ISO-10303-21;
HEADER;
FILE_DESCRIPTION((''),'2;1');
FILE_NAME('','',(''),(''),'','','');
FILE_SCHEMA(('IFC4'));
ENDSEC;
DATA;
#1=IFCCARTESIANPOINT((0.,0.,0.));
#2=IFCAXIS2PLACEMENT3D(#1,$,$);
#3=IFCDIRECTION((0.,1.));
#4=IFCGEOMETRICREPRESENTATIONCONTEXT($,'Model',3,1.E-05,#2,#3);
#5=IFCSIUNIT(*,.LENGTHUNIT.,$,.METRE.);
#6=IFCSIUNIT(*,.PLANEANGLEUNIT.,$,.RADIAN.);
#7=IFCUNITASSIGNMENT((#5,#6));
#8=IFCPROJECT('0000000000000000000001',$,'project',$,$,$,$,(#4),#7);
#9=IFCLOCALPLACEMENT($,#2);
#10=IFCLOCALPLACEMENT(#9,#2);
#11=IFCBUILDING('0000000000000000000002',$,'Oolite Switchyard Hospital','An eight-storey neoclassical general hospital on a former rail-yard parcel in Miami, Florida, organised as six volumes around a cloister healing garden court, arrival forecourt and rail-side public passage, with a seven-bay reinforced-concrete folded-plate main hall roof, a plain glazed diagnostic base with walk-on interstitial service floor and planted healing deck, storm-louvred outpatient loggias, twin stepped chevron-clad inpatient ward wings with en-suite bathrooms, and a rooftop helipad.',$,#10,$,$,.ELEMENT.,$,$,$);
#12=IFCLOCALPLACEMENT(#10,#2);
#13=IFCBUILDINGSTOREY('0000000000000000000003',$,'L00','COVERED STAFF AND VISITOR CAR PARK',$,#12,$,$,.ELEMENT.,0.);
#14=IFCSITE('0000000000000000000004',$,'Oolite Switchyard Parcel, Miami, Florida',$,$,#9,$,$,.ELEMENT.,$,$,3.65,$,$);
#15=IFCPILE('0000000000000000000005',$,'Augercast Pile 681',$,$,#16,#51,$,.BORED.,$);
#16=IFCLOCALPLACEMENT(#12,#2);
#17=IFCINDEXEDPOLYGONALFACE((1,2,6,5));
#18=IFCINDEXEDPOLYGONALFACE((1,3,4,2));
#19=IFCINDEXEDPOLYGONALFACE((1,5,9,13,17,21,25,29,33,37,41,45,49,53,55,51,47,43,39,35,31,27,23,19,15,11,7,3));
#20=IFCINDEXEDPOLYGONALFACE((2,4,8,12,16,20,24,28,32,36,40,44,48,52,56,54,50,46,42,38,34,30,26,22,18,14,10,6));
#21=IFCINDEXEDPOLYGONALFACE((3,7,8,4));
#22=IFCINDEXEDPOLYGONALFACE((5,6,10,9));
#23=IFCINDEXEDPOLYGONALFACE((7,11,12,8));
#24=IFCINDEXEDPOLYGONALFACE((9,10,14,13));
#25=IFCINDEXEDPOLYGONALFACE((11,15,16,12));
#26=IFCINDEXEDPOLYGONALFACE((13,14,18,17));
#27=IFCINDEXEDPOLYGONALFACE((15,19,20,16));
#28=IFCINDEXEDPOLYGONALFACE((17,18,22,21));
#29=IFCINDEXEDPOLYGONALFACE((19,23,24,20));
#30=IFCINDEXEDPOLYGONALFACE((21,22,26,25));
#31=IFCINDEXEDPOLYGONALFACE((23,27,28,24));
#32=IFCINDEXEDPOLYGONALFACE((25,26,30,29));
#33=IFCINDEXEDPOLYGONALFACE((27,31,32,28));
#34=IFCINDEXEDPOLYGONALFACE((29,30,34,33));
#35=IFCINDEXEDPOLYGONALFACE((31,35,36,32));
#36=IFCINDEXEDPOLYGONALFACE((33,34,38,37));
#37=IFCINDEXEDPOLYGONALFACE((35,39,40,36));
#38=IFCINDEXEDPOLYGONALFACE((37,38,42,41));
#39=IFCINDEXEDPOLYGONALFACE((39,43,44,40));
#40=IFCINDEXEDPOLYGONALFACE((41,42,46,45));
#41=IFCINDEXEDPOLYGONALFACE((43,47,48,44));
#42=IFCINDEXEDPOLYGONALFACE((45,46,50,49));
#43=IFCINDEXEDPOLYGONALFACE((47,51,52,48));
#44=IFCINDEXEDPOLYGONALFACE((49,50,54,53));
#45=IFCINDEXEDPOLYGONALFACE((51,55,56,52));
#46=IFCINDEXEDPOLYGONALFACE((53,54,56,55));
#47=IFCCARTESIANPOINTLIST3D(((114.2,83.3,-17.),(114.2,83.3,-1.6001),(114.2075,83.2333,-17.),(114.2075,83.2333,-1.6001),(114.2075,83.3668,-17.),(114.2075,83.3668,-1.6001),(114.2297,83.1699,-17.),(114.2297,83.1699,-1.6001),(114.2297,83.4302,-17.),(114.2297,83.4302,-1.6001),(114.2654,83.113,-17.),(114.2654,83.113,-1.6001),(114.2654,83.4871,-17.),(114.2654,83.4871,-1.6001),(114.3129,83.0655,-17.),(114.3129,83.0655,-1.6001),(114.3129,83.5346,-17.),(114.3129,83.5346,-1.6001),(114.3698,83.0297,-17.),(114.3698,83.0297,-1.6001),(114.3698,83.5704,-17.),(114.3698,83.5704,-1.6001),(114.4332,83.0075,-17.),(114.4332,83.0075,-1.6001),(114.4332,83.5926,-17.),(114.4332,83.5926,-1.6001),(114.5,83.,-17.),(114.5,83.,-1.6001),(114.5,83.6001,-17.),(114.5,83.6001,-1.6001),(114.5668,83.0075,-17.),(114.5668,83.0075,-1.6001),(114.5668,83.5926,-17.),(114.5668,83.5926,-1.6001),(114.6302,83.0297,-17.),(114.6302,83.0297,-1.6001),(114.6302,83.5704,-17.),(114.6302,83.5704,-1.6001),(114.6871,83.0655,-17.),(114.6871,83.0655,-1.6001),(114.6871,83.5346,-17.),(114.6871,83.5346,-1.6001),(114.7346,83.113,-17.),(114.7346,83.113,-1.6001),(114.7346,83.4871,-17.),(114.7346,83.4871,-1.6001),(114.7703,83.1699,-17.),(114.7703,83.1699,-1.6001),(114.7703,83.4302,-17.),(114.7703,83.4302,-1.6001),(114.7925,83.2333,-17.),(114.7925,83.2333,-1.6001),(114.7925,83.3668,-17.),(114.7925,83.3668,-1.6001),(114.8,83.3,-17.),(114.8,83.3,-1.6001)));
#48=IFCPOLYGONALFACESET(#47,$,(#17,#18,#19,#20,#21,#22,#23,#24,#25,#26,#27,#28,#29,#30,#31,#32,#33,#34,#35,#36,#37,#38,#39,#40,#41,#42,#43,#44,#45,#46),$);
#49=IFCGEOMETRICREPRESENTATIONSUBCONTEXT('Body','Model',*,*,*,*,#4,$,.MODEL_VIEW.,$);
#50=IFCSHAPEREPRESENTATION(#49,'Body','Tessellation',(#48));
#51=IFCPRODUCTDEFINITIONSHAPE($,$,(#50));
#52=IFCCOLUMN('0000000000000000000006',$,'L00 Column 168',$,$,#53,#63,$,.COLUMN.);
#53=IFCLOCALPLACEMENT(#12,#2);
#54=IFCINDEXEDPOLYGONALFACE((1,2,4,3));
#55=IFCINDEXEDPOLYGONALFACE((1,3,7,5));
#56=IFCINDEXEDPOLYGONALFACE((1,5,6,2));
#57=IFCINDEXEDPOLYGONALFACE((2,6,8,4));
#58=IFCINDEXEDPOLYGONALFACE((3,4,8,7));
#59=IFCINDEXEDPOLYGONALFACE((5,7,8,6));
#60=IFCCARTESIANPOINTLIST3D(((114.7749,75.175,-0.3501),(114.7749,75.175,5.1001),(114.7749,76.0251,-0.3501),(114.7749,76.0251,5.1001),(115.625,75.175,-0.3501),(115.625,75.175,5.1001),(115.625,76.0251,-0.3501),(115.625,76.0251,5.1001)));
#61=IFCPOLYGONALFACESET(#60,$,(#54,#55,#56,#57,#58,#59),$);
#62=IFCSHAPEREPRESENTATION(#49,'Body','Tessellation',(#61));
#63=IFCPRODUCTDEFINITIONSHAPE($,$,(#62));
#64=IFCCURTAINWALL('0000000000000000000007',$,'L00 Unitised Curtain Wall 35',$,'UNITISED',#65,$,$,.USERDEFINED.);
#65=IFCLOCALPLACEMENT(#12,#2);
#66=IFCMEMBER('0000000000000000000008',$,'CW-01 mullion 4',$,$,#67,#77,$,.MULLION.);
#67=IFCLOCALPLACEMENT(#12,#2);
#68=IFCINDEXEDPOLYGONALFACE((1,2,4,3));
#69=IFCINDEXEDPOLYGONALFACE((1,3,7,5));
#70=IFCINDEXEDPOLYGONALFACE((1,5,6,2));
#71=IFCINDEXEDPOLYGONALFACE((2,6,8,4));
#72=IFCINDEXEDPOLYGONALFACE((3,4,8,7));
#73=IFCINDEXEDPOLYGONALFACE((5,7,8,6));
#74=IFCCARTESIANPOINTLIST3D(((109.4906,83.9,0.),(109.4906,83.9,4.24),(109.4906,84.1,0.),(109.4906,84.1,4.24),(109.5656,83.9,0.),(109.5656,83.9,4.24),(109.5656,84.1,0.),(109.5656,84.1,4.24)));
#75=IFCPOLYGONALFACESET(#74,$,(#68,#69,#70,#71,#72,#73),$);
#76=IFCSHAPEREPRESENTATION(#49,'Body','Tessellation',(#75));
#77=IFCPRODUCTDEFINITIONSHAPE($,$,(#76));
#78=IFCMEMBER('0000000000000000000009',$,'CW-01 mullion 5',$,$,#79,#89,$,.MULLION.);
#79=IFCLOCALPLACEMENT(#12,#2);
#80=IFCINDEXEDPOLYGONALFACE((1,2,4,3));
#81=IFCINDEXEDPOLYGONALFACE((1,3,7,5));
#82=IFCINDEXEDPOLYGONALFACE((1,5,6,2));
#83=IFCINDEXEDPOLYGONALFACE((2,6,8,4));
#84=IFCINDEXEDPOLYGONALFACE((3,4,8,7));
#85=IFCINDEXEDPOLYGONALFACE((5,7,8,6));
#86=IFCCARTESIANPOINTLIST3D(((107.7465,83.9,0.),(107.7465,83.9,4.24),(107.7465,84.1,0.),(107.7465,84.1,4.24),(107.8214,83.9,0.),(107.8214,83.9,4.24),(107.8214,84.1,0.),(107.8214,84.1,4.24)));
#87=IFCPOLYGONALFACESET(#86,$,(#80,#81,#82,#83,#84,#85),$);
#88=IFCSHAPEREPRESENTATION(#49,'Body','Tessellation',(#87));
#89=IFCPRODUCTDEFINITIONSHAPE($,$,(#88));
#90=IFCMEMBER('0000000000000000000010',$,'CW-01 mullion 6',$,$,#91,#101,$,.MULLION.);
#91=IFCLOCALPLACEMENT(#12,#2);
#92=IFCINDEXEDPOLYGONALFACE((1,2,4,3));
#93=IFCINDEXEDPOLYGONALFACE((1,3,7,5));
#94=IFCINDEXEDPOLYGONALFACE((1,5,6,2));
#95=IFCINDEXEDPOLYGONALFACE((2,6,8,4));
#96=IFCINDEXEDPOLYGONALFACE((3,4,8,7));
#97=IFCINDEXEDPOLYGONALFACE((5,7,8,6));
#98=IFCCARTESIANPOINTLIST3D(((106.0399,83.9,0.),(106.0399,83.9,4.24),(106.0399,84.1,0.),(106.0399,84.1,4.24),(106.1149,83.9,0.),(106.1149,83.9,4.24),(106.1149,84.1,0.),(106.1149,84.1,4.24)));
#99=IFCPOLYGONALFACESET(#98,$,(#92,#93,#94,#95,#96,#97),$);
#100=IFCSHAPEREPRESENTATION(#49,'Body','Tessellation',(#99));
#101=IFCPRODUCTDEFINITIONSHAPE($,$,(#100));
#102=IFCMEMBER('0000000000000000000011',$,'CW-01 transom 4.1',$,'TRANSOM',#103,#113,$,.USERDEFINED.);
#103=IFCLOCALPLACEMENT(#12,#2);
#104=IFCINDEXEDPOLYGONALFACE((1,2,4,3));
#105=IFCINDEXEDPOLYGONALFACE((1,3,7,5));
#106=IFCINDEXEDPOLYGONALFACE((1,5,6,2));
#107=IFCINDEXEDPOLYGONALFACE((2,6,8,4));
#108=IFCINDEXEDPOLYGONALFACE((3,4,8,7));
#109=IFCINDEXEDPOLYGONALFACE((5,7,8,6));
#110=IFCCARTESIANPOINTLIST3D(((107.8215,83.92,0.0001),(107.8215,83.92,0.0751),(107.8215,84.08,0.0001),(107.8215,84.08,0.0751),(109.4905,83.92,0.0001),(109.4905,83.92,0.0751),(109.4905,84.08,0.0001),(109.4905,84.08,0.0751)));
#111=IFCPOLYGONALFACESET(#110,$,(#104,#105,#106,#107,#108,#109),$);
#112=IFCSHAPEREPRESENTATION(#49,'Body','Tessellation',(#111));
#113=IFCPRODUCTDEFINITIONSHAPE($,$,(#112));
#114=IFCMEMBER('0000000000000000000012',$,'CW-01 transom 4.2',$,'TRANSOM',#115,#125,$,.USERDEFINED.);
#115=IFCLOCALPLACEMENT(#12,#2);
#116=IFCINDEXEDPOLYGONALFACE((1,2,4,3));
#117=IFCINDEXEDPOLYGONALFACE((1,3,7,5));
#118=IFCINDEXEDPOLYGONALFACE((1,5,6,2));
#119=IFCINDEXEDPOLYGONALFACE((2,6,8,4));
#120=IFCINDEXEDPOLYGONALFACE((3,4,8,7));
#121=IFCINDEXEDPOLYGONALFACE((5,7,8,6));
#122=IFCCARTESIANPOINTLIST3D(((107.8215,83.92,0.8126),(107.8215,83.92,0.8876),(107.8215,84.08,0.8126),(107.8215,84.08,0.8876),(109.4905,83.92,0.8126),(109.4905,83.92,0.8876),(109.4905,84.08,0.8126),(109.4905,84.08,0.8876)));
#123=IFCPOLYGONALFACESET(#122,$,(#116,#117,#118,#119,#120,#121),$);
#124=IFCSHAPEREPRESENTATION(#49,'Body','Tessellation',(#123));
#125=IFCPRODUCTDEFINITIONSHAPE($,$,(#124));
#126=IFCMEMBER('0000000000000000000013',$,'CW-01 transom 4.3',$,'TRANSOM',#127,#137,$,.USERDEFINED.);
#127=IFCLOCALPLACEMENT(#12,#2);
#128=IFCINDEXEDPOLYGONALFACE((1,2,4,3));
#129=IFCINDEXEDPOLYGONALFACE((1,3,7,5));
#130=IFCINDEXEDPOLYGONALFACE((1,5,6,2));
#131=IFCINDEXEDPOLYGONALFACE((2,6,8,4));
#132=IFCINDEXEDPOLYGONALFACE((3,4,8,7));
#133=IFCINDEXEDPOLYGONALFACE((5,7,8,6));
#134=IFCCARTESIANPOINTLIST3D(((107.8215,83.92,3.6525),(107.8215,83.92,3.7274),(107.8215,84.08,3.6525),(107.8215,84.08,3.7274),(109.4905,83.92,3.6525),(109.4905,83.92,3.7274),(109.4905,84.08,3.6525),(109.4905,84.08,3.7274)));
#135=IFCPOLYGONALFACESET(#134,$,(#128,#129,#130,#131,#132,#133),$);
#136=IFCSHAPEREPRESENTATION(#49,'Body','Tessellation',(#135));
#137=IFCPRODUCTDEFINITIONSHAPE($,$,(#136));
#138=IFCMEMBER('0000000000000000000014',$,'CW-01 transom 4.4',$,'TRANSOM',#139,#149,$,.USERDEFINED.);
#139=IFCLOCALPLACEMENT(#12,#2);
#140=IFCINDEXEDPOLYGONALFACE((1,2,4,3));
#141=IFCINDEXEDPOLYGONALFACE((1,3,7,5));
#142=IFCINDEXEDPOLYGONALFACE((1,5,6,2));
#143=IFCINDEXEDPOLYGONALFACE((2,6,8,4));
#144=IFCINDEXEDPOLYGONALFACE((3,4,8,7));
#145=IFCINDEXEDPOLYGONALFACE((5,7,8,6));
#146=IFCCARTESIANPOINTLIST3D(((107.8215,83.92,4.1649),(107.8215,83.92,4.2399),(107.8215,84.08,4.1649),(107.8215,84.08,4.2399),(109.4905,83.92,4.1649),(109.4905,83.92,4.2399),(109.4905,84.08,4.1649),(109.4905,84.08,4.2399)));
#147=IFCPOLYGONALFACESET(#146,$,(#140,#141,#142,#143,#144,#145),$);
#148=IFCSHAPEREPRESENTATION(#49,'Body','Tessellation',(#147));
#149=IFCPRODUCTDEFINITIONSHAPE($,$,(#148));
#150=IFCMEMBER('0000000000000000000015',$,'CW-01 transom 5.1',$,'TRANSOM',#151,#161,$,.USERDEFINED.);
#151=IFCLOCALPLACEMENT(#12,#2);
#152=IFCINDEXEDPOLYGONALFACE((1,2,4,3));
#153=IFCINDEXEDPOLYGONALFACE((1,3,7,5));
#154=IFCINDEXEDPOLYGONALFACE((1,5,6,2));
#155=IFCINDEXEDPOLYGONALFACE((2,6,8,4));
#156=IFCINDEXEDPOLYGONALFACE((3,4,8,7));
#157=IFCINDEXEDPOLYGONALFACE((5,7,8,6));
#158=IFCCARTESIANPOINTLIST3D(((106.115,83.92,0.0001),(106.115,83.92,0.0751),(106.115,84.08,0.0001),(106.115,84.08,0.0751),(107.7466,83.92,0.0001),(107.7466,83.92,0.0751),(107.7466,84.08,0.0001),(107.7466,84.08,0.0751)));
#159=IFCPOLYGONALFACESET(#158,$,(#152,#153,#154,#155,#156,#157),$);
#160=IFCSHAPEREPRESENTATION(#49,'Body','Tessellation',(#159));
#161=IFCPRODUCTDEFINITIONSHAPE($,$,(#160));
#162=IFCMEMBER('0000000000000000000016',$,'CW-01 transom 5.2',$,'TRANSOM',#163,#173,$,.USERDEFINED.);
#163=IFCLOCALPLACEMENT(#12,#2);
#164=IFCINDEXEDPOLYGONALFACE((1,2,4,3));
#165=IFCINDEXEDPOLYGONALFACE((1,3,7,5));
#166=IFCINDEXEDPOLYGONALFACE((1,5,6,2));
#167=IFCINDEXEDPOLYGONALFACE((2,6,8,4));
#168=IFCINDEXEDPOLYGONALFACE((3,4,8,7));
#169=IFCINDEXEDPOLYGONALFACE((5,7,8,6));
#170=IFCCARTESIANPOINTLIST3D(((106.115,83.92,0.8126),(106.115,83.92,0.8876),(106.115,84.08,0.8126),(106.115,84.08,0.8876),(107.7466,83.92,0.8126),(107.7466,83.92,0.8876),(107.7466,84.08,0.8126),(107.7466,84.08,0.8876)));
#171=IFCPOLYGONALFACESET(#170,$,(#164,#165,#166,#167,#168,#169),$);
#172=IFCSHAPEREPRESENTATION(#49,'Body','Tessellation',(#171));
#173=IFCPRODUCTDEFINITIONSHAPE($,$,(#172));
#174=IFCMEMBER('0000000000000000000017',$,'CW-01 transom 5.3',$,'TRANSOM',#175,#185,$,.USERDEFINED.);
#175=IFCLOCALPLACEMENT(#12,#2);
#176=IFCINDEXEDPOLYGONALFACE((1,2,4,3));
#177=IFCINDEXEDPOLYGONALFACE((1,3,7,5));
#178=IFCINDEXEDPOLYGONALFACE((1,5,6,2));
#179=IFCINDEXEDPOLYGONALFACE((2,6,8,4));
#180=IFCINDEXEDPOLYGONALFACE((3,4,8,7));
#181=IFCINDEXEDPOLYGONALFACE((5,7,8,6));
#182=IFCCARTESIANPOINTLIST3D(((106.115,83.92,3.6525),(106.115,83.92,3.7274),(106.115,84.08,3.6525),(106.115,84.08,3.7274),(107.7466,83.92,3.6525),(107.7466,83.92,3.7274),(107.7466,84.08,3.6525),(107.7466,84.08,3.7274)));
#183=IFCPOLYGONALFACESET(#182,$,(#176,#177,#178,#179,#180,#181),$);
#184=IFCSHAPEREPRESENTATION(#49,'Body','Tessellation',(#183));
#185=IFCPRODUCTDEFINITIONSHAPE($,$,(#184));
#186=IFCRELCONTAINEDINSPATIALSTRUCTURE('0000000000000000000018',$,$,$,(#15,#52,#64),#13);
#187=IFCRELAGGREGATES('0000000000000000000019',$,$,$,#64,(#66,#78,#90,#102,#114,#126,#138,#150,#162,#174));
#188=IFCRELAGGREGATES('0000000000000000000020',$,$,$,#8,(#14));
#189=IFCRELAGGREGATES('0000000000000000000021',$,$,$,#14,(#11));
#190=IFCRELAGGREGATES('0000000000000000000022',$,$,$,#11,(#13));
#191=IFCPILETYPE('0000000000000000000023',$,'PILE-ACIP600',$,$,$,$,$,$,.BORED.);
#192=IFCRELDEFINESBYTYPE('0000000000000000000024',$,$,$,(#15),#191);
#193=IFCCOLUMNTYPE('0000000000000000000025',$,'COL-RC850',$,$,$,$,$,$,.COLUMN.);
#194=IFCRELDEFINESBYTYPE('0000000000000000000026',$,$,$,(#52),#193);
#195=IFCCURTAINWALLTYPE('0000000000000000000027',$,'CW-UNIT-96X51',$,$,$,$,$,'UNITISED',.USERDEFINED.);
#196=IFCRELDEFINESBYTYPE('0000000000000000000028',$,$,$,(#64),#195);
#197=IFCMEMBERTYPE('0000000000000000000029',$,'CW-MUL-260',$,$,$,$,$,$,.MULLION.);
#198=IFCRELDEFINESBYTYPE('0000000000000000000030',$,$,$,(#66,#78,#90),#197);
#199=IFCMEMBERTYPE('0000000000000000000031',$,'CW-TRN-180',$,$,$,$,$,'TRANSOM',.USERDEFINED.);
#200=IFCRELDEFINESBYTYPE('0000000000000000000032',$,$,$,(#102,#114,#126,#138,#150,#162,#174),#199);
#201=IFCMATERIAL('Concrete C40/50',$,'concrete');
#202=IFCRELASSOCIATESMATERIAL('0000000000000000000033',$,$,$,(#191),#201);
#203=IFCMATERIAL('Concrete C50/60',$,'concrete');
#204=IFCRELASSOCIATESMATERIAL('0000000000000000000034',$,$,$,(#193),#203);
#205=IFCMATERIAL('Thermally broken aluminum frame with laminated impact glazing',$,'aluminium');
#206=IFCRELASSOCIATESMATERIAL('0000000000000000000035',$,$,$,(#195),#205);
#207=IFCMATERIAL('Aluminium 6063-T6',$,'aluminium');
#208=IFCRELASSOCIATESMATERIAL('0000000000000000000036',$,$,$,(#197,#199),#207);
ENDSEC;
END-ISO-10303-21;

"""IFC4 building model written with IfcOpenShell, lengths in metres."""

from ifc_helpers import new_model, si_unit, direction, frame, origin, origin_2d, place, context, subcontext, project, spatial, rectangle, circle, extrude, material, material_profile, profile_set, type_object, element, aggregate, save


model = new_model("IFC4")

# Units and contexts
model_context = context("Model", 3, precision=1e-05, world=origin(), true_north=direction((0.0, 1.0)))
body_context = subcontext(model_context, "Body", "Model", "MODEL_VIEW")
ifc_project = project(units=[si_unit("LENGTHUNIT", "METRE"), si_unit("PLANEANGLEUNIT", "RADIAN")], contexts=[model_context])

# Site, building, storey
site_placement = place(None, origin())
site = spatial("IfcSite", under=ifc_project, at=site_placement, Name="Oolite Switchyard Parcel, Miami, Florida", CompositionType="ELEMENT", RefElevation=3.65)
building_placement = place(site_placement, origin())
building = spatial("IfcBuilding", under=site, at=building_placement, Name="Oolite Switchyard Hospital", Description="An eight-storey neoclassical general hospital on a former rail-yard parcel in Miami, Florida, organised as six volumes around a cloister healing garden court, arrival forecourt and rail-side public passage, with a seven-bay reinforced-concrete folded-plate main hall roof, a plain glazed diagnostic base with walk-on interstitial service floor and planted healing deck, storm-louvred outpatient loggias, twin stepped chevron-clad inpatient ward wings with en-suite bathrooms, and a rooftop helipad.", CompositionType="ELEMENT")
storey_placement = place(building_placement, origin())
storey = spatial("IfcBuildingStorey", under=building, at=storey_placement, Name="L00", Description="COVERED STAFF AND VISITOR CAR PARK", CompositionType="ELEMENT", Elevation=0.0)

# Shared definitions
ifc_material_1 = material(Name="Concrete C40/50", Category="concrete")

# Pile
ifc_material_profile_1 = material_profile(ifc_material_1, circle(Radius=0.3, at=origin_2d()), Name="PILE600")
ifc_profile_set_1 = profile_set([ifc_material_profile_1], Name="Concrete C40/50")
pile_type = type_object("IfcPileType", Name="PILE-ACIP600", PredefinedType="BORED", material=ifc_profile_set_1)
pile_1_placement = place(storey_placement, frame((114.5, 83.3, -1.6001), z_axis=(0.0, 0.0, -1.0), x_axis=(1.0, 0.0, 0.0)))
element("IfcPile", 1, at=pile_1_placement, inside=storey, type_object=pile_type, Name="Augercast Pile 681", PredefinedType="BORED", context=body_context, shape_type="SweptSolid", body=[
    extrude(circle(Radius=0.3, at=origin_2d()), origin(), (0.0, 0.0, 1.0), 15.3999),
])

# Column
ifc_material_2 = material(Name="Concrete C50/60", Category="concrete")
ifc_material_profile_2 = material_profile(ifc_material_2, rectangle(XDim=0.8501, YDim=0.8501, at=origin_2d()), Name="RC850X850")
ifc_profile_set_2 = profile_set([ifc_material_profile_2], Name="Concrete C50/60")
column_type = type_object("IfcColumnType", Name="COL-RC850", PredefinedType="COLUMN", material=ifc_profile_set_2)
column_placement = place(storey_placement, frame((115.2, 75.6001, -0.3501), z_axis=(0.0, 0.0, 1.0), x_axis=(1.0, 0.0, 0.0)))
element("IfcColumn", 2, at=column_placement, inside=storey, type_object=column_type, Name="L00 Column 168", PredefinedType="COLUMN", context=body_context, shape_type="SweptSolid", body=[
    extrude(rectangle(XDim=0.8501, YDim=0.8501, at=origin_2d()), origin(), (0.0, 0.0, 1.0), 5.4502),
])

# Curtain wall, members
ifc_material_3 = material(Name="Thermally broken aluminum frame with laminated impact glazing", Category="aluminium")
curtain_wall_type = type_object("IfcCurtainWallType", Name="CW-UNIT-96X51", ElementType="UNITISED", PredefinedType="USERDEFINED", material=ifc_material_3)
curtain_wall_placement = place(storey_placement, origin())
curtain_wall = element("IfcCurtainWall", 3, at=curtain_wall_placement, inside=storey, type_object=curtain_wall_type, Name="L00 Unitised Curtain Wall 35", ObjectType="UNITISED", PredefinedType="USERDEFINED")
ifc_material_4 = material(Name="Aluminium 6063-T6", Category="aluminium")
ifc_material_profile_3 = material_profile(ifc_material_4, rectangle(XDim=0.2, YDim=0.075, at=origin_2d()), Name="CWM75X200")
ifc_profile_set_3 = profile_set([ifc_material_profile_3], Name="Aluminium 6063-T6")
member_type_1 = type_object("IfcMemberType", Name="CW-MUL-260", PredefinedType="MULLION", material=ifc_profile_set_3)
member_1_placement = place(storey_placement, frame((109.5281, 84.0, 0.0), z_axis=(0.0, 0.0, 1.0), x_axis=(0.0, -1.0, 0.0)))
member_1 = element("IfcMember", 4, at=member_1_placement, type_object=member_type_1, Name="CW-01 mullion 4", PredefinedType="MULLION", context=body_context, shape_type="SweptSolid", body=[
    extrude(rectangle(XDim=0.2, YDim=0.075, at=origin_2d()), origin(), (0.0, 0.0, 1.0), 4.24),
])
member_2_placement = place(storey_placement, frame((107.7839, 84.0, 0.0), z_axis=(0.0, 0.0, 1.0), x_axis=(0.0, -1.0, 0.0)))
member_2 = element("IfcMember", 5, at=member_2_placement, type_object=member_type_1, Name="CW-01 mullion 5", PredefinedType="MULLION", context=body_context, shape_type="SweptSolid", body=[
    extrude(rectangle(XDim=0.2, YDim=0.075, at=origin_2d()), origin(), (0.0, 0.0, 1.0), 4.24),
])
member_3_placement = place(storey_placement, frame((106.0774, 84.0, 0.0), z_axis=(0.0, 0.0, 1.0), x_axis=(0.0, -1.0, 0.0)))
member_3 = element("IfcMember", 6, at=member_3_placement, type_object=member_type_1, Name="CW-01 mullion 6", PredefinedType="MULLION", context=body_context, shape_type="SweptSolid", body=[
    extrude(rectangle(XDim=0.2, YDim=0.075, at=origin_2d()), origin(), (0.0, 0.0, 1.0), 4.24),
])
ifc_material_profile_4 = material_profile(ifc_material_4, rectangle(XDim=0.1599, YDim=0.075, at=origin_2d()), Name="CWT75X160")
ifc_profile_set_4 = profile_set([ifc_material_profile_4], Name="Aluminium 6063-T6")
member_type_2 = type_object("IfcMemberType", Name="CW-TRN-180", ElementType="TRANSOM", PredefinedType="USERDEFINED", material=ifc_profile_set_4)
member_4_placement = place(storey_placement, frame((109.4905, 84.0, 0.0376), z_axis=(-1.0, 0.0, 0.0), x_axis=(0.0, -1.0, 0.0)))
member_4 = element("IfcMember", 7, at=member_4_placement, type_object=member_type_2, Name="CW-01 transom 4.1", ObjectType="TRANSOM", PredefinedType="USERDEFINED", context=body_context, shape_type="SweptSolid", body=[
    extrude(rectangle(XDim=0.1599, YDim=0.075, at=origin_2d()), origin(), (0.0, 0.0, 1.0), 1.6689),
])
member_5_placement = place(storey_placement, frame((109.4905, 84.0, 0.8501), z_axis=(-1.0, 0.0, 0.0), x_axis=(0.0, -1.0, 0.0)))
member_5 = element("IfcMember", 8, at=member_5_placement, type_object=member_type_2, Name="CW-01 transom 4.2", ObjectType="TRANSOM", PredefinedType="USERDEFINED", context=body_context, shape_type="SweptSolid", body=[
    extrude(rectangle(XDim=0.1599, YDim=0.075, at=origin_2d()), origin(), (0.0, 0.0, 1.0), 1.6689),
])
member_6_placement = place(storey_placement, frame((109.4905, 84.0, 3.6899), z_axis=(-1.0, 0.0, 0.0), x_axis=(0.0, -1.0, 0.0)))
member_6 = element("IfcMember", 9, at=member_6_placement, type_object=member_type_2, Name="CW-01 transom 4.3", ObjectType="TRANSOM", PredefinedType="USERDEFINED", context=body_context, shape_type="SweptSolid", body=[
    extrude(rectangle(XDim=0.1599, YDim=0.075, at=origin_2d()), origin(), (0.0, 0.0, 1.0), 1.6689),
])
member_7_placement = place(storey_placement, frame((109.4905, 84.0, 4.2024), z_axis=(-1.0, 0.0, 0.0), x_axis=(0.0, -1.0, 0.0)))
member_7 = element("IfcMember", 10, at=member_7_placement, type_object=member_type_2, Name="CW-01 transom 4.4", ObjectType="TRANSOM", PredefinedType="USERDEFINED", context=body_context, shape_type="SweptSolid", body=[
    extrude(rectangle(XDim=0.1599, YDim=0.075, at=origin_2d()), origin(), (0.0, 0.0, 1.0), 1.6689),
])
member_8_placement = place(storey_placement, frame((107.7466, 84.0, 0.0376), z_axis=(-1.0, 0.0, 0.0), x_axis=(0.0, -1.0, 0.0)))
member_8 = element("IfcMember", 11, at=member_8_placement, type_object=member_type_2, Name="CW-01 transom 5.1", ObjectType="TRANSOM", PredefinedType="USERDEFINED", context=body_context, shape_type="SweptSolid", body=[
    extrude(rectangle(XDim=0.1599, YDim=0.075, at=origin_2d()), origin(), (0.0, 0.0, 1.0), 1.6316),
])
member_9_placement = place(storey_placement, frame((107.7466, 84.0, 0.8501), z_axis=(-1.0, 0.0, 0.0), x_axis=(0.0, -1.0, 0.0)))
member_9 = element("IfcMember", 12, at=member_9_placement, type_object=member_type_2, Name="CW-01 transom 5.2", ObjectType="TRANSOM", PredefinedType="USERDEFINED", context=body_context, shape_type="SweptSolid", body=[
    extrude(rectangle(XDim=0.1599, YDim=0.075, at=origin_2d()), origin(), (0.0, 0.0, 1.0), 1.6316),
])
member_10_placement = place(storey_placement, frame((107.7466, 84.0, 3.6899), z_axis=(-1.0, 0.0, 0.0), x_axis=(0.0, -1.0, 0.0)))
member_10 = element("IfcMember", 13, at=member_10_placement, type_object=member_type_2, Name="CW-01 transom 5.3", ObjectType="TRANSOM", PredefinedType="USERDEFINED", context=body_context, shape_type="SweptSolid", body=[
    extrude(rectangle(XDim=0.1599, YDim=0.075, at=origin_2d()), origin(), (0.0, 0.0, 1.0), 1.6316),
])
aggregate(curtain_wall, [member_1, member_2, member_3, member_4, member_5, member_6, member_7, member_8, member_9, member_10])

save(model, "model.ifc")
